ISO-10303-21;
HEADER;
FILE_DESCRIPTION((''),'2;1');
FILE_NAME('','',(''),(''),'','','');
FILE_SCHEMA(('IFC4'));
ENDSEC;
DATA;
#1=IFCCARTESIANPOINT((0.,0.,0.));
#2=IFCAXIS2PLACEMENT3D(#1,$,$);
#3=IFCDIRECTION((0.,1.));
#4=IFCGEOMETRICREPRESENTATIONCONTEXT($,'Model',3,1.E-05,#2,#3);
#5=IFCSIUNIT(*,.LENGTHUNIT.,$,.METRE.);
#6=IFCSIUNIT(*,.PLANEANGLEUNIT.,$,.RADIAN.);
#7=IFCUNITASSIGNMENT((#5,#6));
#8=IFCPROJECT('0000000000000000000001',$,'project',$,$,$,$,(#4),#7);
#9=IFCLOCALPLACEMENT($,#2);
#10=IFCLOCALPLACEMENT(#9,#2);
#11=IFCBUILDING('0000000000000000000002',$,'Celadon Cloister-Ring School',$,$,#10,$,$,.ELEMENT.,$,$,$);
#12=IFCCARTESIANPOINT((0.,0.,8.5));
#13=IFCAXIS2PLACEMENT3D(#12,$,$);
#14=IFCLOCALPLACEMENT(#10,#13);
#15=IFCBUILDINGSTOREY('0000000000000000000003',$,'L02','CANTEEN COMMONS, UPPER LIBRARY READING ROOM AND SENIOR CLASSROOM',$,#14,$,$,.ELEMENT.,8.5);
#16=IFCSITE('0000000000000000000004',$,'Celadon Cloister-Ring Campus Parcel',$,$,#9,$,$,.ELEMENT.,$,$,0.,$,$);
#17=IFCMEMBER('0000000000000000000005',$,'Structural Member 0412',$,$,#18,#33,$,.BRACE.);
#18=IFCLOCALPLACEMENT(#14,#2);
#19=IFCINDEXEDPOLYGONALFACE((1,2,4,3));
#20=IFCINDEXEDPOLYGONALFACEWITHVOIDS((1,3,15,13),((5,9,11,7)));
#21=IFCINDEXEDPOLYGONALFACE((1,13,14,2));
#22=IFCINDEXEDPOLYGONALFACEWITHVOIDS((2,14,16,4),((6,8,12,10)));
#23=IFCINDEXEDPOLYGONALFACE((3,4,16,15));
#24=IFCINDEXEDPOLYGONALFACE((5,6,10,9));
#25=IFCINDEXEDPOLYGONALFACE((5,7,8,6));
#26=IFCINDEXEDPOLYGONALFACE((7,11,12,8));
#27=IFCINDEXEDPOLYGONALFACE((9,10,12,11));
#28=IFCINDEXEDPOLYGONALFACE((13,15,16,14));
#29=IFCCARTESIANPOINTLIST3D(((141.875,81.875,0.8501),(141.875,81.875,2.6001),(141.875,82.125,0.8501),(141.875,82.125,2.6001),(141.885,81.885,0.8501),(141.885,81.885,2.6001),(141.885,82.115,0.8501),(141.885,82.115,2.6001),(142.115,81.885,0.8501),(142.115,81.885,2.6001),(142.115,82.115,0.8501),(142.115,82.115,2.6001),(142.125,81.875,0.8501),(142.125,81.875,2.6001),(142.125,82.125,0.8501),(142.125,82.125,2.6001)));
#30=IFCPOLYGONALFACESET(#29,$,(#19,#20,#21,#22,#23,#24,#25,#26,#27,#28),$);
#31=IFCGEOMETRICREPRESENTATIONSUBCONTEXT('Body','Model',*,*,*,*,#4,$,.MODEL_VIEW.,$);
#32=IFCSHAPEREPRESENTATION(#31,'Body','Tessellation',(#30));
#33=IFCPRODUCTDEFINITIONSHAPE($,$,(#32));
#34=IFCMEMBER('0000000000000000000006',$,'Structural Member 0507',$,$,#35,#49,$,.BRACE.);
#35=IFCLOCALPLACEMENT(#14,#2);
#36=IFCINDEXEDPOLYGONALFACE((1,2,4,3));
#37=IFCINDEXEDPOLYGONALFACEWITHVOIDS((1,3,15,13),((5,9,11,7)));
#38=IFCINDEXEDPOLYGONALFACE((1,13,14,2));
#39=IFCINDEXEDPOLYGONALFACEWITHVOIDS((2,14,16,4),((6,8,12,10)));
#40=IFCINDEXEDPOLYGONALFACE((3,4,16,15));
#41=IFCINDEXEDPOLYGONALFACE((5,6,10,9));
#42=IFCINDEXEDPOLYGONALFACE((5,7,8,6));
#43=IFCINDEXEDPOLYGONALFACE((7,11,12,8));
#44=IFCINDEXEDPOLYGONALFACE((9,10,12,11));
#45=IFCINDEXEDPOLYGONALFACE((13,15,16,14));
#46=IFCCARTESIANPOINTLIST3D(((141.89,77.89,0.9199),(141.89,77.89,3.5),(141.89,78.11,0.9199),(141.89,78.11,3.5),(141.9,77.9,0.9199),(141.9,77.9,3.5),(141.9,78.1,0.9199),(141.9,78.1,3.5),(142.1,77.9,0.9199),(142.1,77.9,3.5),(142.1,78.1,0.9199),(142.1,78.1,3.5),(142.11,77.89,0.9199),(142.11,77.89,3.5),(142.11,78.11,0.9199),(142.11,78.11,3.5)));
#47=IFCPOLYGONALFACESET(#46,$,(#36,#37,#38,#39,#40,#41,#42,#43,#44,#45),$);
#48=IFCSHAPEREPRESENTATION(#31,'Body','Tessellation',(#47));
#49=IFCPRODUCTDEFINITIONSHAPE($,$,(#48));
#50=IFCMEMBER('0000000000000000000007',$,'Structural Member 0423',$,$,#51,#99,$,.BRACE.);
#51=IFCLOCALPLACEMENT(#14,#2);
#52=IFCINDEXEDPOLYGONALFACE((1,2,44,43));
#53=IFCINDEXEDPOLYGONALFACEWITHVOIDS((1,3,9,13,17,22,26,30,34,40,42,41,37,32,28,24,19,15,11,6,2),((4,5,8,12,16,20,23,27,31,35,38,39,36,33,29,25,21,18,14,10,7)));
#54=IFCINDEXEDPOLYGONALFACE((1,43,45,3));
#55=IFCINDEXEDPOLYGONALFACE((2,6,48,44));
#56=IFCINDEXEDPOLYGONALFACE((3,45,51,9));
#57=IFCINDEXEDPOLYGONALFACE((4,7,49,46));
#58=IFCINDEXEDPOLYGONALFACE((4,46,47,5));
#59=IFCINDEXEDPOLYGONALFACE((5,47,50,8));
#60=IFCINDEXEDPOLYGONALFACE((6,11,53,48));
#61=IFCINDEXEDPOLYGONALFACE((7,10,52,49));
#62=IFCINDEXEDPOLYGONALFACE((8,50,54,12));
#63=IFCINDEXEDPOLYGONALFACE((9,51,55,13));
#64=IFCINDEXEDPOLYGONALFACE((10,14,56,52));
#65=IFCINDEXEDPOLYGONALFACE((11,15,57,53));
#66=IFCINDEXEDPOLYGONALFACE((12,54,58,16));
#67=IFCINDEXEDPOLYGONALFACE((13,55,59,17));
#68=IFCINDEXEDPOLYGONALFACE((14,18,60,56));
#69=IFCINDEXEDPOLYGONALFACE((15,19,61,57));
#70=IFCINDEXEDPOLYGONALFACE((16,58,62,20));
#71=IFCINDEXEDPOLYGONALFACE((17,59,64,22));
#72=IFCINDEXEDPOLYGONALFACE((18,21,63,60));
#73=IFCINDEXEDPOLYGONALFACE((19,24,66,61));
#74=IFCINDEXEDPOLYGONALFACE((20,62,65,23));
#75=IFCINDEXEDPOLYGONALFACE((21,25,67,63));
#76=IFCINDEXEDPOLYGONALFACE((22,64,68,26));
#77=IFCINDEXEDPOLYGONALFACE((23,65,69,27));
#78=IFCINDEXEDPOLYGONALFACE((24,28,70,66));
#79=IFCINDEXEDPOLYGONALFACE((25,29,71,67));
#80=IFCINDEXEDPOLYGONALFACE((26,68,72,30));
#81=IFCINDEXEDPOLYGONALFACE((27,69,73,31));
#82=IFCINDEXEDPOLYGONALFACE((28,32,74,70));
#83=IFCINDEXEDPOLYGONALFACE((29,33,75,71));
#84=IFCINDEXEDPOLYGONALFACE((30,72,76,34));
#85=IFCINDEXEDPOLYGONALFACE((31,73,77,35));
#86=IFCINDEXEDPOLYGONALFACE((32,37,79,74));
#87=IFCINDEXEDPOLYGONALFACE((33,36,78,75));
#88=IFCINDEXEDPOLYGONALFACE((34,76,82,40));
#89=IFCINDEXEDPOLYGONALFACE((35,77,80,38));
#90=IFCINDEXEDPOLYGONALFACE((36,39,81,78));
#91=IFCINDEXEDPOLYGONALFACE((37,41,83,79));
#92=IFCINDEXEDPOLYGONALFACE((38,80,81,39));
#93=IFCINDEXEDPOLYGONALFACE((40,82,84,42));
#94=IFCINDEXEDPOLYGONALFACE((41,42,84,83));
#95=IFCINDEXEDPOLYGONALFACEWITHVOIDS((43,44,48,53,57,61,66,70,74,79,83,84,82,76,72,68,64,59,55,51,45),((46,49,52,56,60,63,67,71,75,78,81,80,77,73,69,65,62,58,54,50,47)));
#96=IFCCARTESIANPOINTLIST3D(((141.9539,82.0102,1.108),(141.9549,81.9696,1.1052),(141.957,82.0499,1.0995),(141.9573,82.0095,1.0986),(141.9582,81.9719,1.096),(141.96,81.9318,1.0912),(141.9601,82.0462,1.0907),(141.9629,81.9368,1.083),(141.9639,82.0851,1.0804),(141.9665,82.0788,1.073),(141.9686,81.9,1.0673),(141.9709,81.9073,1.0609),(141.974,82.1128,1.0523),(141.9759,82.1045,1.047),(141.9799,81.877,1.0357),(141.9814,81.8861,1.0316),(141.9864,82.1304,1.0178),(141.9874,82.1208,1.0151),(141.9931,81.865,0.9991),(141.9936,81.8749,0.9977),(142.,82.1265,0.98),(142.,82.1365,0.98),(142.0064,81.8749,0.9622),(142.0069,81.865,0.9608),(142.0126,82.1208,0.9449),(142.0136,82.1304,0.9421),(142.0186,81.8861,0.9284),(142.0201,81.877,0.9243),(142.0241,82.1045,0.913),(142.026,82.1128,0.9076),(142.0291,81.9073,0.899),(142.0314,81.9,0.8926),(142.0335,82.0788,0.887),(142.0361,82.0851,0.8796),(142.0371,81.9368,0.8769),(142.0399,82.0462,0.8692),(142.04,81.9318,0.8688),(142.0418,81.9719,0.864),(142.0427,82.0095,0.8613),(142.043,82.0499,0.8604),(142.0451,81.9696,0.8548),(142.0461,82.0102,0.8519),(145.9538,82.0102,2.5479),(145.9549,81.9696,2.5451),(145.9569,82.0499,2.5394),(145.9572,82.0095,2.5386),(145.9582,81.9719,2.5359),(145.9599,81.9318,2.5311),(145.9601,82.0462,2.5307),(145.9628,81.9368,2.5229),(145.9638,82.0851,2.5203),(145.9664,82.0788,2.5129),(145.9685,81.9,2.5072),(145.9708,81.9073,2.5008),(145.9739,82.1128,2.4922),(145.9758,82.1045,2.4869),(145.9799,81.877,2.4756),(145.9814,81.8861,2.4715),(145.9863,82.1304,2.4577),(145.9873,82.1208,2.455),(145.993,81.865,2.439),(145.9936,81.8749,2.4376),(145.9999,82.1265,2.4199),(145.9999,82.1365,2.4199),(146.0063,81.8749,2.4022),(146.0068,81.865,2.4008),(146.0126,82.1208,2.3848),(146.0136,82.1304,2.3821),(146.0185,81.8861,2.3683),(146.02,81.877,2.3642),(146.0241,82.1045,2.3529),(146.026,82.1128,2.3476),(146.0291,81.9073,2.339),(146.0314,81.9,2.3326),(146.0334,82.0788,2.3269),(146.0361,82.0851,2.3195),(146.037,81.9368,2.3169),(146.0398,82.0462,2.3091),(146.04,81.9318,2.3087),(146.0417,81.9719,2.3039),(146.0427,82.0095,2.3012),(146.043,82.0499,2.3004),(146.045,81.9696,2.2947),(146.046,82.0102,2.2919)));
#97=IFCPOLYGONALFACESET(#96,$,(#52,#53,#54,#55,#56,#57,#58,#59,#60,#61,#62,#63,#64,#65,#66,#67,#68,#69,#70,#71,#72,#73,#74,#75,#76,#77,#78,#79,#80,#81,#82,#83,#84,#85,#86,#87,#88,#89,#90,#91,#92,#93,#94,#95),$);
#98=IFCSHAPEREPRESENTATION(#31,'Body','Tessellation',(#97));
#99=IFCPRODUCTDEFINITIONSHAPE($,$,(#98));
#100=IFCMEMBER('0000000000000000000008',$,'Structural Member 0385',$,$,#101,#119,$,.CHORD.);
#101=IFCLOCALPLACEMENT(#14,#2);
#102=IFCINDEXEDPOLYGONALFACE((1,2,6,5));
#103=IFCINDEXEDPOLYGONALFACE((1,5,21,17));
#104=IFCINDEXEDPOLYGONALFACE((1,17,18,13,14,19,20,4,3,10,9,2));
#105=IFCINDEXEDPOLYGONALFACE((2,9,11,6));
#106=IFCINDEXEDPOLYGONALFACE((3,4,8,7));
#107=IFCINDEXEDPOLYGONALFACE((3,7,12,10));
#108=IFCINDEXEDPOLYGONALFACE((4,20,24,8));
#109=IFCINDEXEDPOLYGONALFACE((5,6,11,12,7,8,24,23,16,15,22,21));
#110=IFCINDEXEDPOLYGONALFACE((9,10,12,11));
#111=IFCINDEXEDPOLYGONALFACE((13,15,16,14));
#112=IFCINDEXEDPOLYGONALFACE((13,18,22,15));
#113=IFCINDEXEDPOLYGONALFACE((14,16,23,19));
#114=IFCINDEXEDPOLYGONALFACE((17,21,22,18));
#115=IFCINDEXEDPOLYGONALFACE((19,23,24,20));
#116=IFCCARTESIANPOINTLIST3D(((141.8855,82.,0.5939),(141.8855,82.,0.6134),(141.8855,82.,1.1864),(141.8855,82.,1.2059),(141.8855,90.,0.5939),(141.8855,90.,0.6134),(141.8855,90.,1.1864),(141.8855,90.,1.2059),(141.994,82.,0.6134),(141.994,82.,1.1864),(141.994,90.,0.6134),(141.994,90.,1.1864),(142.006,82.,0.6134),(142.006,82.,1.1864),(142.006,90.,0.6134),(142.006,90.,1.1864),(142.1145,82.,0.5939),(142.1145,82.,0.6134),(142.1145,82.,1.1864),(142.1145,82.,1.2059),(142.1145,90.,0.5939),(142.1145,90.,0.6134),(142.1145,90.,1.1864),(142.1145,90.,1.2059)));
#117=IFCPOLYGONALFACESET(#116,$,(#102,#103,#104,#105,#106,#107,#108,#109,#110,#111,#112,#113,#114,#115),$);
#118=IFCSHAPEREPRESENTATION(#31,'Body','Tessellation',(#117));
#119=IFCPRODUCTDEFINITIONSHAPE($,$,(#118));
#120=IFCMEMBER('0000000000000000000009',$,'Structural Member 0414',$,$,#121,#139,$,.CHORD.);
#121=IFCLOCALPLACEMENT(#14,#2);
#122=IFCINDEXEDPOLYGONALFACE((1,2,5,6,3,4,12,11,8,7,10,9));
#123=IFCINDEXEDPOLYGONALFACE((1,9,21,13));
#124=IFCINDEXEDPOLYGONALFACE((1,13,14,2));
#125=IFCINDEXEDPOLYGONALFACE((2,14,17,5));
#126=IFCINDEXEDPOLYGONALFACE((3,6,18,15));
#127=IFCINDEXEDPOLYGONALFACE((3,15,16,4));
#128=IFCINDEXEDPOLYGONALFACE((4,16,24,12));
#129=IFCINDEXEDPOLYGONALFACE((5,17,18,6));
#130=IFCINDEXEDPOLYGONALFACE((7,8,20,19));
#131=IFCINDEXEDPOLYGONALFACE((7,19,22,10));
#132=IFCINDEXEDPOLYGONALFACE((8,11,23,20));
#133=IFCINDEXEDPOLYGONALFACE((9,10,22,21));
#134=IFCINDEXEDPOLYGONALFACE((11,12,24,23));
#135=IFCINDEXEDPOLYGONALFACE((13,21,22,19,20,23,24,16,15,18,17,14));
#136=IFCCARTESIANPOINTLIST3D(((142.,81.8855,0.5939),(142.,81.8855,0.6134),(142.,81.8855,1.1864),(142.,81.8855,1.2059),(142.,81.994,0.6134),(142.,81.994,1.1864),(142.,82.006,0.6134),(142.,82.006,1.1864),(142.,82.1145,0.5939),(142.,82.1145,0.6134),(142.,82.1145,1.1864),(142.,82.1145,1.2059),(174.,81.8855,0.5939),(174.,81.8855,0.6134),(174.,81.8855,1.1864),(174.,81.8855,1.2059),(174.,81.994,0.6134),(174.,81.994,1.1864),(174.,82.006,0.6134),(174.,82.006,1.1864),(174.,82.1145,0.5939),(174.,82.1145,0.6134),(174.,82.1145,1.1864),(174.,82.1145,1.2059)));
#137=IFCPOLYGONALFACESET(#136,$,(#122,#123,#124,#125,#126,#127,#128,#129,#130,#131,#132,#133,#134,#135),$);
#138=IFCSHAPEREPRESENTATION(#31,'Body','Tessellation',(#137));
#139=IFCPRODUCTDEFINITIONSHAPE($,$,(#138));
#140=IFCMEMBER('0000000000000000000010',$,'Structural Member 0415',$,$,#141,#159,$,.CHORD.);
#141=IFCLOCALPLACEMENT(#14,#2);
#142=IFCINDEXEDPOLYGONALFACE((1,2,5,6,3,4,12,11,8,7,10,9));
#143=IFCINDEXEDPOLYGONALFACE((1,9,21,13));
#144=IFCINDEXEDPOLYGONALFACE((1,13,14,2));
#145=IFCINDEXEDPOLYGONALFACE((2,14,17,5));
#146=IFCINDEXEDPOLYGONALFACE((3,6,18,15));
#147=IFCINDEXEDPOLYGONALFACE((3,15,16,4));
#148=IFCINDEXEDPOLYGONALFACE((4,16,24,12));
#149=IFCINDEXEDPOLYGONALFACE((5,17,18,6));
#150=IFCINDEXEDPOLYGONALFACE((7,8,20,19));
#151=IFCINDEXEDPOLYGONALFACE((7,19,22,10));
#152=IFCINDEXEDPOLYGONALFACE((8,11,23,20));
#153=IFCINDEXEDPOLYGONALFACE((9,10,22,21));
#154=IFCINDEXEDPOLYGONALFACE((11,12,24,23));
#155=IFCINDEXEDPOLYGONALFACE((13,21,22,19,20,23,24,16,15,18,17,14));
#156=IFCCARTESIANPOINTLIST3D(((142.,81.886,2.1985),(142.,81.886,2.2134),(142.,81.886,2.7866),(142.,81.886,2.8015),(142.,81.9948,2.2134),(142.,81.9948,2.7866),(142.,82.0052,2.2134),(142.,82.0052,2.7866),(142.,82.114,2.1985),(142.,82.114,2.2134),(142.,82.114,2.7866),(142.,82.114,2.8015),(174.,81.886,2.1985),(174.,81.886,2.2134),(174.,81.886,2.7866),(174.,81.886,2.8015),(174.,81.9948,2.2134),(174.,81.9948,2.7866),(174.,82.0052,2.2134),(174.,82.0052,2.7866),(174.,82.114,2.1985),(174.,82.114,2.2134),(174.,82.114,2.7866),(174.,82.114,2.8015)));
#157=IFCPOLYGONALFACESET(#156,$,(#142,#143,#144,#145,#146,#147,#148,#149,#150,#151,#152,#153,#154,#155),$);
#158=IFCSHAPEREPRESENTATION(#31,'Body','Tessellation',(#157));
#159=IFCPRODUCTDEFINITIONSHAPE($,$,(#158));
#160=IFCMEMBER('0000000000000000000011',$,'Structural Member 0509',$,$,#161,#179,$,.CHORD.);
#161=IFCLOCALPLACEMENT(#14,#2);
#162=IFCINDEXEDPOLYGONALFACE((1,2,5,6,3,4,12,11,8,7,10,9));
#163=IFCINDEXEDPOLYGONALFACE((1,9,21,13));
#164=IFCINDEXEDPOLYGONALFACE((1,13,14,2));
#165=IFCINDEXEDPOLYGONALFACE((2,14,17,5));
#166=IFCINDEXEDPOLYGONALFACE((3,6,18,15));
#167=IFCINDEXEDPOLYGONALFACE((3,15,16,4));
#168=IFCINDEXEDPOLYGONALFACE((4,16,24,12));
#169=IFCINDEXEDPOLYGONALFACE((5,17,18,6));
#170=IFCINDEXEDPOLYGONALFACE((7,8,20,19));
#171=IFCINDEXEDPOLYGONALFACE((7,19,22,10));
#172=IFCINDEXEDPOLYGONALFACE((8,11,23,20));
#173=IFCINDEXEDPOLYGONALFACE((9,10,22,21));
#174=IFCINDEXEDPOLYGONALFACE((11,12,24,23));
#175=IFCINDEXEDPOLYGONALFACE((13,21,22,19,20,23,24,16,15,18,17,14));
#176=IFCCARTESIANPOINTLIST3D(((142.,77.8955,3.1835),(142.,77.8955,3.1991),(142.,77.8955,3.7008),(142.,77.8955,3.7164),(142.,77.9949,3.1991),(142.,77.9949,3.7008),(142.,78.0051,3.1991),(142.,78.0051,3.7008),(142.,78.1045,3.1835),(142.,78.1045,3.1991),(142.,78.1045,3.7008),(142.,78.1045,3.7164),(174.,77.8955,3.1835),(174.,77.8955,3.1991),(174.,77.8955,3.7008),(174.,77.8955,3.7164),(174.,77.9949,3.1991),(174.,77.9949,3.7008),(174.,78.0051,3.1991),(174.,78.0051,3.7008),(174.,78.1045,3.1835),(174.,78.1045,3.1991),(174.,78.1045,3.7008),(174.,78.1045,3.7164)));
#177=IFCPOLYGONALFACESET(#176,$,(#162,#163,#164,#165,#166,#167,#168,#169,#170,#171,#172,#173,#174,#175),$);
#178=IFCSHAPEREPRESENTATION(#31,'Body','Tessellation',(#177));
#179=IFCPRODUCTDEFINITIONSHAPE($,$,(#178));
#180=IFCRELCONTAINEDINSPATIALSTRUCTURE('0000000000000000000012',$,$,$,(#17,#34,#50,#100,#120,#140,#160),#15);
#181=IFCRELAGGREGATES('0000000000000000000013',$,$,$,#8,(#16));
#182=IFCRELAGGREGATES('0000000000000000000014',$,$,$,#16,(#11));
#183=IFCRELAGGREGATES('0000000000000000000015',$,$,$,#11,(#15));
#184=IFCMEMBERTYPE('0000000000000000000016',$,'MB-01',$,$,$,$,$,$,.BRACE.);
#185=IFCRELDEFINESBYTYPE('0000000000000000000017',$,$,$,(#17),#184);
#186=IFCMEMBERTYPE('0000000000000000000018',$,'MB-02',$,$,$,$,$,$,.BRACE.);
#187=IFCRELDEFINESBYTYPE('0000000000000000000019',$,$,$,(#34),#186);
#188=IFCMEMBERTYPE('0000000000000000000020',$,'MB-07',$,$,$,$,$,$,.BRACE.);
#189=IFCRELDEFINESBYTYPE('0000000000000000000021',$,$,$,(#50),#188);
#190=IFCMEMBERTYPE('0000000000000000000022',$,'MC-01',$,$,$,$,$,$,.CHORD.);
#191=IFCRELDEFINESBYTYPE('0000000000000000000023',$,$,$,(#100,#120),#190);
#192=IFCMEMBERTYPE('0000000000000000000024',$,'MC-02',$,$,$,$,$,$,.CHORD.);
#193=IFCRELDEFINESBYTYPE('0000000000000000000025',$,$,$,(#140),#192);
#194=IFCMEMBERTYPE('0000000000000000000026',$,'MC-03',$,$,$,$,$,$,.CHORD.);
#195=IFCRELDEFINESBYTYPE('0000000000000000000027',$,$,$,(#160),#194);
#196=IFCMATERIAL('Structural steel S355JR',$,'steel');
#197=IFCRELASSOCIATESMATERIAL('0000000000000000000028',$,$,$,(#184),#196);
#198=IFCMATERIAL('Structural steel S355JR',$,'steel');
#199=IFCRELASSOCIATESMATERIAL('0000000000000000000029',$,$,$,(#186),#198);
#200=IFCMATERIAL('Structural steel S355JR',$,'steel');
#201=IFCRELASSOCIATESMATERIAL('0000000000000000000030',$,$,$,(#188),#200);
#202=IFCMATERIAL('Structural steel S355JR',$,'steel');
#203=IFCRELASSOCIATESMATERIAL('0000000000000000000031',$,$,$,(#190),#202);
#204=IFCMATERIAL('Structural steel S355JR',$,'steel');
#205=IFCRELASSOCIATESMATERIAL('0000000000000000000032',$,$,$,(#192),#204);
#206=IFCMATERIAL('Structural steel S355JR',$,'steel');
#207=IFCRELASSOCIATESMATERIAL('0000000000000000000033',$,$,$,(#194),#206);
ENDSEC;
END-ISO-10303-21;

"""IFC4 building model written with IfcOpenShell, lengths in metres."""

from ifc_helpers import new_model, si_unit, direction, frame, origin, origin_2d, place, context, subcontext, project, spatial, hollow_rectangle, hollow_circle, i_section, extrude, material, material_profile, profile_set, type_object, element, save


model = new_model("IFC4")

# Units and contexts
model_context = context("Model", 3, precision=1e-05, world=origin(), true_north=direction((0.0, 1.0)))
body_context = subcontext(model_context, "Body", "Model", "MODEL_VIEW")
ifc_project = project(units=[si_unit("LENGTHUNIT", "METRE"), si_unit("PLANEANGLEUNIT", "RADIAN")], contexts=[model_context])

# Site, building, storey
site_placement = place(None, origin())
site = spatial("IfcSite", under=ifc_project, at=site_placement, Name="Celadon Cloister-Ring Campus Parcel", CompositionType="ELEMENT", RefElevation=0.0)
building_placement = place(site_placement, origin())
building = spatial("IfcBuilding", under=site, at=building_placement, Name="Celadon Cloister-Ring School", CompositionType="ELEMENT")
storey_placement = place(building_placement, frame((0.0, 0.0, 8.5)))
storey = spatial("IfcBuildingStorey", under=building, at=storey_placement, Name="L02", Description="CANTEEN COMMONS, UPPER LIBRARY READING ROOM AND SENIOR CLASSROOM", CompositionType="ELEMENT", Elevation=8.5)

# Members
ifc_material_1 = material(Name="Structural steel S355JR", Category="steel")
ifc_material_profile_1 = material_profile(ifc_material_1, hollow_rectangle(XDim=0.25, YDim=0.25, WallThickness=0.01, at=origin_2d()), Name="HSS250X250X10")
ifc_profile_set_1 = profile_set([ifc_material_profile_1], Name="Structural steel S355JR")
member_type_1 = type_object("IfcMemberType", Name="MB-01", PredefinedType="BRACE", material=ifc_profile_set_1)
member_1_placement = place(storey_placement, frame((142.0, 82.0, 0.8501), z_axis=(0.0, 0.0, 1.0), x_axis=(1.0, 0.0, 0.0)))
element("IfcMember", 1, at=member_1_placement, inside=storey, type_object=member_type_1, Name="Structural Member 0412", PredefinedType="BRACE", context=body_context, shape_type="SweptSolid", body=[
    extrude(hollow_rectangle(XDim=0.25, YDim=0.25, WallThickness=0.01, at=origin_2d()), origin(), (0.0, 0.0, 1.0), 1.75),
])
ifc_material_2 = material(Name="Structural steel S355JR", Category="steel")
ifc_material_profile_2 = material_profile(ifc_material_2, hollow_rectangle(XDim=0.22, YDim=0.22, WallThickness=0.01, at=origin_2d()), Name="HSS220X220X10")
ifc_profile_set_2 = profile_set([ifc_material_profile_2], Name="Structural steel S355JR")
member_type_2 = type_object("IfcMemberType", Name="MB-02", PredefinedType="BRACE", material=ifc_profile_set_2)
member_2_placement = place(storey_placement, frame((142.0, 78.0, 0.9199), z_axis=(0.0, 0.0, 1.0), x_axis=(1.0, 0.0, 0.0)))
element("IfcMember", 2, at=member_2_placement, inside=storey, type_object=member_type_2, Name="Structural Member 0507", PredefinedType="BRACE", context=body_context, shape_type="SweptSolid", body=[
    extrude(hollow_rectangle(XDim=0.22, YDim=0.22, WallThickness=0.01, at=origin_2d()), origin(), (0.0, 0.0, 1.0), 2.5801),
])
ifc_material_3 = material(Name="Structural steel S355JR", Category="steel")
ifc_material_profile_3 = material_profile(ifc_material_3, hollow_circle(Radius=0.1365, WallThickness=0.01, at=origin_2d()), Name="CHS273.0X10")
ifc_profile_set_3 = profile_set([ifc_material_profile_3], Name="Structural steel S355JR")
member_type_3 = type_object("IfcMemberType", Name="MB-07", PredefinedType="BRACE", material=ifc_profile_set_3)
member_3_placement = place(storey_placement, frame((142.0, 82.0, 0.98), z_axis=(0.940892, 0.0, 0.338707), x_axis=(0.0, 1.0, 0.0)))
element("IfcMember", 3, at=member_3_placement, inside=storey, type_object=member_type_3, Name="Structural Member 0423", PredefinedType="BRACE", context=body_context, shape_type="SweptSolid", body=[
    extrude(hollow_circle(Radius=0.1365, WallThickness=0.01, at=origin_2d()), origin(), (0.0, 0.0, 1.0), 4.2512),
])
ifc_material_4 = material(Name="Structural steel S355JR", Category="steel")
ifc_material_profile_4 = material_profile(ifc_material_4, i_section(OverallWidth=0.229, OverallDepth=0.6121, WebThickness=0.012, FlangeThickness=0.0195, at=origin_2d()), Name="W610X125")
ifc_profile_set_4 = profile_set([ifc_material_profile_4], Name="Structural steel S355JR")
member_type_4 = type_object("IfcMemberType", Name="MC-01", PredefinedType="CHORD", material=ifc_profile_set_4)
member_4_placement = place(storey_placement, frame((142.0, 82.0, 0.8999), z_axis=(0.0, 1.0, 0.0), x_axis=(-1.0, 0.0, 0.0)))
element("IfcMember", 4, at=member_4_placement, inside=storey, type_object=member_type_4, Name="Structural Member 0385", PredefinedType="CHORD", context=body_context, shape_type="SweptSolid", body=[
    extrude(i_section(OverallWidth=0.229, OverallDepth=0.6121, WebThickness=0.012, FlangeThickness=0.0195, at=origin_2d()), origin(), (0.0, 0.0, 1.0), 8.0),
])
member_5_placement = place(storey_placement, frame((142.0, 82.0, 0.8999), z_axis=(1.0, 0.0, 0.0), x_axis=(0.0, 1.0, 0.0)))
element("IfcMember", 5, at=member_5_placement, inside=storey, type_object=member_type_4, Name="Structural Member 0414", PredefinedType="CHORD", context=body_context, shape_type="SweptSolid", body=[
    extrude(i_section(OverallWidth=0.229, OverallDepth=0.6121, WebThickness=0.012, FlangeThickness=0.0195, at=origin_2d()), origin(), (0.0, 0.0, 1.0), 32.0),
])
ifc_material_5 = material(Name="Structural steel S355JR", Category="steel")
ifc_material_profile_5 = material_profile(ifc_material_5, i_section(OverallWidth=0.228, OverallDepth=0.603, WebThickness=0.0105, FlangeThickness=0.0149, at=origin_2d()), Name="W610X101")
ifc_profile_set_5 = profile_set([ifc_material_profile_5], Name="Structural steel S355JR")
member_type_5 = type_object("IfcMemberType", Name="MC-02", PredefinedType="CHORD", material=ifc_profile_set_5)
member_6_placement = place(storey_placement, frame((142.0, 82.0, 2.5), z_axis=(1.0, 0.0, 0.0), x_axis=(0.0, 1.0, 0.0)))
element("IfcMember", 6, at=member_6_placement, inside=storey, type_object=member_type_5, Name="Structural Member 0415", PredefinedType="CHORD", context=body_context, shape_type="SweptSolid", body=[
    extrude(i_section(OverallWidth=0.228, OverallDepth=0.603, WebThickness=0.0105, FlangeThickness=0.0149, at=origin_2d()), origin(), (0.0, 0.0, 1.0), 32.0),
])
ifc_material_6 = material(Name="Structural steel S355JR", Category="steel")
ifc_material_profile_6 = material_profile(ifc_material_6, i_section(OverallWidth=0.209, OverallDepth=0.533, WebThickness=0.0103, FlangeThickness=0.0156, at=origin_2d()), Name="W530X92")
ifc_profile_set_6 = profile_set([ifc_material_profile_6], Name="Structural steel S355JR")
member_type_6 = type_object("IfcMemberType", Name="MC-03", PredefinedType="CHORD", material=ifc_profile_set_6)
member_7_placement = place(storey_placement, frame((142.0, 78.0, 3.45), z_axis=(1.0, 0.0, 0.0), x_axis=(0.0, 1.0, 0.0)))
element("IfcMember", 7, at=member_7_placement, inside=storey, type_object=member_type_6, Name="Structural Member 0509", PredefinedType="CHORD", context=body_context, shape_type="SweptSolid", body=[
    extrude(i_section(OverallWidth=0.209, OverallDepth=0.533, WebThickness=0.0103, FlangeThickness=0.0156, at=origin_2d()), origin(), (0.0, 0.0, 1.0), 32.0),
])

save(model, "model.ifc")
